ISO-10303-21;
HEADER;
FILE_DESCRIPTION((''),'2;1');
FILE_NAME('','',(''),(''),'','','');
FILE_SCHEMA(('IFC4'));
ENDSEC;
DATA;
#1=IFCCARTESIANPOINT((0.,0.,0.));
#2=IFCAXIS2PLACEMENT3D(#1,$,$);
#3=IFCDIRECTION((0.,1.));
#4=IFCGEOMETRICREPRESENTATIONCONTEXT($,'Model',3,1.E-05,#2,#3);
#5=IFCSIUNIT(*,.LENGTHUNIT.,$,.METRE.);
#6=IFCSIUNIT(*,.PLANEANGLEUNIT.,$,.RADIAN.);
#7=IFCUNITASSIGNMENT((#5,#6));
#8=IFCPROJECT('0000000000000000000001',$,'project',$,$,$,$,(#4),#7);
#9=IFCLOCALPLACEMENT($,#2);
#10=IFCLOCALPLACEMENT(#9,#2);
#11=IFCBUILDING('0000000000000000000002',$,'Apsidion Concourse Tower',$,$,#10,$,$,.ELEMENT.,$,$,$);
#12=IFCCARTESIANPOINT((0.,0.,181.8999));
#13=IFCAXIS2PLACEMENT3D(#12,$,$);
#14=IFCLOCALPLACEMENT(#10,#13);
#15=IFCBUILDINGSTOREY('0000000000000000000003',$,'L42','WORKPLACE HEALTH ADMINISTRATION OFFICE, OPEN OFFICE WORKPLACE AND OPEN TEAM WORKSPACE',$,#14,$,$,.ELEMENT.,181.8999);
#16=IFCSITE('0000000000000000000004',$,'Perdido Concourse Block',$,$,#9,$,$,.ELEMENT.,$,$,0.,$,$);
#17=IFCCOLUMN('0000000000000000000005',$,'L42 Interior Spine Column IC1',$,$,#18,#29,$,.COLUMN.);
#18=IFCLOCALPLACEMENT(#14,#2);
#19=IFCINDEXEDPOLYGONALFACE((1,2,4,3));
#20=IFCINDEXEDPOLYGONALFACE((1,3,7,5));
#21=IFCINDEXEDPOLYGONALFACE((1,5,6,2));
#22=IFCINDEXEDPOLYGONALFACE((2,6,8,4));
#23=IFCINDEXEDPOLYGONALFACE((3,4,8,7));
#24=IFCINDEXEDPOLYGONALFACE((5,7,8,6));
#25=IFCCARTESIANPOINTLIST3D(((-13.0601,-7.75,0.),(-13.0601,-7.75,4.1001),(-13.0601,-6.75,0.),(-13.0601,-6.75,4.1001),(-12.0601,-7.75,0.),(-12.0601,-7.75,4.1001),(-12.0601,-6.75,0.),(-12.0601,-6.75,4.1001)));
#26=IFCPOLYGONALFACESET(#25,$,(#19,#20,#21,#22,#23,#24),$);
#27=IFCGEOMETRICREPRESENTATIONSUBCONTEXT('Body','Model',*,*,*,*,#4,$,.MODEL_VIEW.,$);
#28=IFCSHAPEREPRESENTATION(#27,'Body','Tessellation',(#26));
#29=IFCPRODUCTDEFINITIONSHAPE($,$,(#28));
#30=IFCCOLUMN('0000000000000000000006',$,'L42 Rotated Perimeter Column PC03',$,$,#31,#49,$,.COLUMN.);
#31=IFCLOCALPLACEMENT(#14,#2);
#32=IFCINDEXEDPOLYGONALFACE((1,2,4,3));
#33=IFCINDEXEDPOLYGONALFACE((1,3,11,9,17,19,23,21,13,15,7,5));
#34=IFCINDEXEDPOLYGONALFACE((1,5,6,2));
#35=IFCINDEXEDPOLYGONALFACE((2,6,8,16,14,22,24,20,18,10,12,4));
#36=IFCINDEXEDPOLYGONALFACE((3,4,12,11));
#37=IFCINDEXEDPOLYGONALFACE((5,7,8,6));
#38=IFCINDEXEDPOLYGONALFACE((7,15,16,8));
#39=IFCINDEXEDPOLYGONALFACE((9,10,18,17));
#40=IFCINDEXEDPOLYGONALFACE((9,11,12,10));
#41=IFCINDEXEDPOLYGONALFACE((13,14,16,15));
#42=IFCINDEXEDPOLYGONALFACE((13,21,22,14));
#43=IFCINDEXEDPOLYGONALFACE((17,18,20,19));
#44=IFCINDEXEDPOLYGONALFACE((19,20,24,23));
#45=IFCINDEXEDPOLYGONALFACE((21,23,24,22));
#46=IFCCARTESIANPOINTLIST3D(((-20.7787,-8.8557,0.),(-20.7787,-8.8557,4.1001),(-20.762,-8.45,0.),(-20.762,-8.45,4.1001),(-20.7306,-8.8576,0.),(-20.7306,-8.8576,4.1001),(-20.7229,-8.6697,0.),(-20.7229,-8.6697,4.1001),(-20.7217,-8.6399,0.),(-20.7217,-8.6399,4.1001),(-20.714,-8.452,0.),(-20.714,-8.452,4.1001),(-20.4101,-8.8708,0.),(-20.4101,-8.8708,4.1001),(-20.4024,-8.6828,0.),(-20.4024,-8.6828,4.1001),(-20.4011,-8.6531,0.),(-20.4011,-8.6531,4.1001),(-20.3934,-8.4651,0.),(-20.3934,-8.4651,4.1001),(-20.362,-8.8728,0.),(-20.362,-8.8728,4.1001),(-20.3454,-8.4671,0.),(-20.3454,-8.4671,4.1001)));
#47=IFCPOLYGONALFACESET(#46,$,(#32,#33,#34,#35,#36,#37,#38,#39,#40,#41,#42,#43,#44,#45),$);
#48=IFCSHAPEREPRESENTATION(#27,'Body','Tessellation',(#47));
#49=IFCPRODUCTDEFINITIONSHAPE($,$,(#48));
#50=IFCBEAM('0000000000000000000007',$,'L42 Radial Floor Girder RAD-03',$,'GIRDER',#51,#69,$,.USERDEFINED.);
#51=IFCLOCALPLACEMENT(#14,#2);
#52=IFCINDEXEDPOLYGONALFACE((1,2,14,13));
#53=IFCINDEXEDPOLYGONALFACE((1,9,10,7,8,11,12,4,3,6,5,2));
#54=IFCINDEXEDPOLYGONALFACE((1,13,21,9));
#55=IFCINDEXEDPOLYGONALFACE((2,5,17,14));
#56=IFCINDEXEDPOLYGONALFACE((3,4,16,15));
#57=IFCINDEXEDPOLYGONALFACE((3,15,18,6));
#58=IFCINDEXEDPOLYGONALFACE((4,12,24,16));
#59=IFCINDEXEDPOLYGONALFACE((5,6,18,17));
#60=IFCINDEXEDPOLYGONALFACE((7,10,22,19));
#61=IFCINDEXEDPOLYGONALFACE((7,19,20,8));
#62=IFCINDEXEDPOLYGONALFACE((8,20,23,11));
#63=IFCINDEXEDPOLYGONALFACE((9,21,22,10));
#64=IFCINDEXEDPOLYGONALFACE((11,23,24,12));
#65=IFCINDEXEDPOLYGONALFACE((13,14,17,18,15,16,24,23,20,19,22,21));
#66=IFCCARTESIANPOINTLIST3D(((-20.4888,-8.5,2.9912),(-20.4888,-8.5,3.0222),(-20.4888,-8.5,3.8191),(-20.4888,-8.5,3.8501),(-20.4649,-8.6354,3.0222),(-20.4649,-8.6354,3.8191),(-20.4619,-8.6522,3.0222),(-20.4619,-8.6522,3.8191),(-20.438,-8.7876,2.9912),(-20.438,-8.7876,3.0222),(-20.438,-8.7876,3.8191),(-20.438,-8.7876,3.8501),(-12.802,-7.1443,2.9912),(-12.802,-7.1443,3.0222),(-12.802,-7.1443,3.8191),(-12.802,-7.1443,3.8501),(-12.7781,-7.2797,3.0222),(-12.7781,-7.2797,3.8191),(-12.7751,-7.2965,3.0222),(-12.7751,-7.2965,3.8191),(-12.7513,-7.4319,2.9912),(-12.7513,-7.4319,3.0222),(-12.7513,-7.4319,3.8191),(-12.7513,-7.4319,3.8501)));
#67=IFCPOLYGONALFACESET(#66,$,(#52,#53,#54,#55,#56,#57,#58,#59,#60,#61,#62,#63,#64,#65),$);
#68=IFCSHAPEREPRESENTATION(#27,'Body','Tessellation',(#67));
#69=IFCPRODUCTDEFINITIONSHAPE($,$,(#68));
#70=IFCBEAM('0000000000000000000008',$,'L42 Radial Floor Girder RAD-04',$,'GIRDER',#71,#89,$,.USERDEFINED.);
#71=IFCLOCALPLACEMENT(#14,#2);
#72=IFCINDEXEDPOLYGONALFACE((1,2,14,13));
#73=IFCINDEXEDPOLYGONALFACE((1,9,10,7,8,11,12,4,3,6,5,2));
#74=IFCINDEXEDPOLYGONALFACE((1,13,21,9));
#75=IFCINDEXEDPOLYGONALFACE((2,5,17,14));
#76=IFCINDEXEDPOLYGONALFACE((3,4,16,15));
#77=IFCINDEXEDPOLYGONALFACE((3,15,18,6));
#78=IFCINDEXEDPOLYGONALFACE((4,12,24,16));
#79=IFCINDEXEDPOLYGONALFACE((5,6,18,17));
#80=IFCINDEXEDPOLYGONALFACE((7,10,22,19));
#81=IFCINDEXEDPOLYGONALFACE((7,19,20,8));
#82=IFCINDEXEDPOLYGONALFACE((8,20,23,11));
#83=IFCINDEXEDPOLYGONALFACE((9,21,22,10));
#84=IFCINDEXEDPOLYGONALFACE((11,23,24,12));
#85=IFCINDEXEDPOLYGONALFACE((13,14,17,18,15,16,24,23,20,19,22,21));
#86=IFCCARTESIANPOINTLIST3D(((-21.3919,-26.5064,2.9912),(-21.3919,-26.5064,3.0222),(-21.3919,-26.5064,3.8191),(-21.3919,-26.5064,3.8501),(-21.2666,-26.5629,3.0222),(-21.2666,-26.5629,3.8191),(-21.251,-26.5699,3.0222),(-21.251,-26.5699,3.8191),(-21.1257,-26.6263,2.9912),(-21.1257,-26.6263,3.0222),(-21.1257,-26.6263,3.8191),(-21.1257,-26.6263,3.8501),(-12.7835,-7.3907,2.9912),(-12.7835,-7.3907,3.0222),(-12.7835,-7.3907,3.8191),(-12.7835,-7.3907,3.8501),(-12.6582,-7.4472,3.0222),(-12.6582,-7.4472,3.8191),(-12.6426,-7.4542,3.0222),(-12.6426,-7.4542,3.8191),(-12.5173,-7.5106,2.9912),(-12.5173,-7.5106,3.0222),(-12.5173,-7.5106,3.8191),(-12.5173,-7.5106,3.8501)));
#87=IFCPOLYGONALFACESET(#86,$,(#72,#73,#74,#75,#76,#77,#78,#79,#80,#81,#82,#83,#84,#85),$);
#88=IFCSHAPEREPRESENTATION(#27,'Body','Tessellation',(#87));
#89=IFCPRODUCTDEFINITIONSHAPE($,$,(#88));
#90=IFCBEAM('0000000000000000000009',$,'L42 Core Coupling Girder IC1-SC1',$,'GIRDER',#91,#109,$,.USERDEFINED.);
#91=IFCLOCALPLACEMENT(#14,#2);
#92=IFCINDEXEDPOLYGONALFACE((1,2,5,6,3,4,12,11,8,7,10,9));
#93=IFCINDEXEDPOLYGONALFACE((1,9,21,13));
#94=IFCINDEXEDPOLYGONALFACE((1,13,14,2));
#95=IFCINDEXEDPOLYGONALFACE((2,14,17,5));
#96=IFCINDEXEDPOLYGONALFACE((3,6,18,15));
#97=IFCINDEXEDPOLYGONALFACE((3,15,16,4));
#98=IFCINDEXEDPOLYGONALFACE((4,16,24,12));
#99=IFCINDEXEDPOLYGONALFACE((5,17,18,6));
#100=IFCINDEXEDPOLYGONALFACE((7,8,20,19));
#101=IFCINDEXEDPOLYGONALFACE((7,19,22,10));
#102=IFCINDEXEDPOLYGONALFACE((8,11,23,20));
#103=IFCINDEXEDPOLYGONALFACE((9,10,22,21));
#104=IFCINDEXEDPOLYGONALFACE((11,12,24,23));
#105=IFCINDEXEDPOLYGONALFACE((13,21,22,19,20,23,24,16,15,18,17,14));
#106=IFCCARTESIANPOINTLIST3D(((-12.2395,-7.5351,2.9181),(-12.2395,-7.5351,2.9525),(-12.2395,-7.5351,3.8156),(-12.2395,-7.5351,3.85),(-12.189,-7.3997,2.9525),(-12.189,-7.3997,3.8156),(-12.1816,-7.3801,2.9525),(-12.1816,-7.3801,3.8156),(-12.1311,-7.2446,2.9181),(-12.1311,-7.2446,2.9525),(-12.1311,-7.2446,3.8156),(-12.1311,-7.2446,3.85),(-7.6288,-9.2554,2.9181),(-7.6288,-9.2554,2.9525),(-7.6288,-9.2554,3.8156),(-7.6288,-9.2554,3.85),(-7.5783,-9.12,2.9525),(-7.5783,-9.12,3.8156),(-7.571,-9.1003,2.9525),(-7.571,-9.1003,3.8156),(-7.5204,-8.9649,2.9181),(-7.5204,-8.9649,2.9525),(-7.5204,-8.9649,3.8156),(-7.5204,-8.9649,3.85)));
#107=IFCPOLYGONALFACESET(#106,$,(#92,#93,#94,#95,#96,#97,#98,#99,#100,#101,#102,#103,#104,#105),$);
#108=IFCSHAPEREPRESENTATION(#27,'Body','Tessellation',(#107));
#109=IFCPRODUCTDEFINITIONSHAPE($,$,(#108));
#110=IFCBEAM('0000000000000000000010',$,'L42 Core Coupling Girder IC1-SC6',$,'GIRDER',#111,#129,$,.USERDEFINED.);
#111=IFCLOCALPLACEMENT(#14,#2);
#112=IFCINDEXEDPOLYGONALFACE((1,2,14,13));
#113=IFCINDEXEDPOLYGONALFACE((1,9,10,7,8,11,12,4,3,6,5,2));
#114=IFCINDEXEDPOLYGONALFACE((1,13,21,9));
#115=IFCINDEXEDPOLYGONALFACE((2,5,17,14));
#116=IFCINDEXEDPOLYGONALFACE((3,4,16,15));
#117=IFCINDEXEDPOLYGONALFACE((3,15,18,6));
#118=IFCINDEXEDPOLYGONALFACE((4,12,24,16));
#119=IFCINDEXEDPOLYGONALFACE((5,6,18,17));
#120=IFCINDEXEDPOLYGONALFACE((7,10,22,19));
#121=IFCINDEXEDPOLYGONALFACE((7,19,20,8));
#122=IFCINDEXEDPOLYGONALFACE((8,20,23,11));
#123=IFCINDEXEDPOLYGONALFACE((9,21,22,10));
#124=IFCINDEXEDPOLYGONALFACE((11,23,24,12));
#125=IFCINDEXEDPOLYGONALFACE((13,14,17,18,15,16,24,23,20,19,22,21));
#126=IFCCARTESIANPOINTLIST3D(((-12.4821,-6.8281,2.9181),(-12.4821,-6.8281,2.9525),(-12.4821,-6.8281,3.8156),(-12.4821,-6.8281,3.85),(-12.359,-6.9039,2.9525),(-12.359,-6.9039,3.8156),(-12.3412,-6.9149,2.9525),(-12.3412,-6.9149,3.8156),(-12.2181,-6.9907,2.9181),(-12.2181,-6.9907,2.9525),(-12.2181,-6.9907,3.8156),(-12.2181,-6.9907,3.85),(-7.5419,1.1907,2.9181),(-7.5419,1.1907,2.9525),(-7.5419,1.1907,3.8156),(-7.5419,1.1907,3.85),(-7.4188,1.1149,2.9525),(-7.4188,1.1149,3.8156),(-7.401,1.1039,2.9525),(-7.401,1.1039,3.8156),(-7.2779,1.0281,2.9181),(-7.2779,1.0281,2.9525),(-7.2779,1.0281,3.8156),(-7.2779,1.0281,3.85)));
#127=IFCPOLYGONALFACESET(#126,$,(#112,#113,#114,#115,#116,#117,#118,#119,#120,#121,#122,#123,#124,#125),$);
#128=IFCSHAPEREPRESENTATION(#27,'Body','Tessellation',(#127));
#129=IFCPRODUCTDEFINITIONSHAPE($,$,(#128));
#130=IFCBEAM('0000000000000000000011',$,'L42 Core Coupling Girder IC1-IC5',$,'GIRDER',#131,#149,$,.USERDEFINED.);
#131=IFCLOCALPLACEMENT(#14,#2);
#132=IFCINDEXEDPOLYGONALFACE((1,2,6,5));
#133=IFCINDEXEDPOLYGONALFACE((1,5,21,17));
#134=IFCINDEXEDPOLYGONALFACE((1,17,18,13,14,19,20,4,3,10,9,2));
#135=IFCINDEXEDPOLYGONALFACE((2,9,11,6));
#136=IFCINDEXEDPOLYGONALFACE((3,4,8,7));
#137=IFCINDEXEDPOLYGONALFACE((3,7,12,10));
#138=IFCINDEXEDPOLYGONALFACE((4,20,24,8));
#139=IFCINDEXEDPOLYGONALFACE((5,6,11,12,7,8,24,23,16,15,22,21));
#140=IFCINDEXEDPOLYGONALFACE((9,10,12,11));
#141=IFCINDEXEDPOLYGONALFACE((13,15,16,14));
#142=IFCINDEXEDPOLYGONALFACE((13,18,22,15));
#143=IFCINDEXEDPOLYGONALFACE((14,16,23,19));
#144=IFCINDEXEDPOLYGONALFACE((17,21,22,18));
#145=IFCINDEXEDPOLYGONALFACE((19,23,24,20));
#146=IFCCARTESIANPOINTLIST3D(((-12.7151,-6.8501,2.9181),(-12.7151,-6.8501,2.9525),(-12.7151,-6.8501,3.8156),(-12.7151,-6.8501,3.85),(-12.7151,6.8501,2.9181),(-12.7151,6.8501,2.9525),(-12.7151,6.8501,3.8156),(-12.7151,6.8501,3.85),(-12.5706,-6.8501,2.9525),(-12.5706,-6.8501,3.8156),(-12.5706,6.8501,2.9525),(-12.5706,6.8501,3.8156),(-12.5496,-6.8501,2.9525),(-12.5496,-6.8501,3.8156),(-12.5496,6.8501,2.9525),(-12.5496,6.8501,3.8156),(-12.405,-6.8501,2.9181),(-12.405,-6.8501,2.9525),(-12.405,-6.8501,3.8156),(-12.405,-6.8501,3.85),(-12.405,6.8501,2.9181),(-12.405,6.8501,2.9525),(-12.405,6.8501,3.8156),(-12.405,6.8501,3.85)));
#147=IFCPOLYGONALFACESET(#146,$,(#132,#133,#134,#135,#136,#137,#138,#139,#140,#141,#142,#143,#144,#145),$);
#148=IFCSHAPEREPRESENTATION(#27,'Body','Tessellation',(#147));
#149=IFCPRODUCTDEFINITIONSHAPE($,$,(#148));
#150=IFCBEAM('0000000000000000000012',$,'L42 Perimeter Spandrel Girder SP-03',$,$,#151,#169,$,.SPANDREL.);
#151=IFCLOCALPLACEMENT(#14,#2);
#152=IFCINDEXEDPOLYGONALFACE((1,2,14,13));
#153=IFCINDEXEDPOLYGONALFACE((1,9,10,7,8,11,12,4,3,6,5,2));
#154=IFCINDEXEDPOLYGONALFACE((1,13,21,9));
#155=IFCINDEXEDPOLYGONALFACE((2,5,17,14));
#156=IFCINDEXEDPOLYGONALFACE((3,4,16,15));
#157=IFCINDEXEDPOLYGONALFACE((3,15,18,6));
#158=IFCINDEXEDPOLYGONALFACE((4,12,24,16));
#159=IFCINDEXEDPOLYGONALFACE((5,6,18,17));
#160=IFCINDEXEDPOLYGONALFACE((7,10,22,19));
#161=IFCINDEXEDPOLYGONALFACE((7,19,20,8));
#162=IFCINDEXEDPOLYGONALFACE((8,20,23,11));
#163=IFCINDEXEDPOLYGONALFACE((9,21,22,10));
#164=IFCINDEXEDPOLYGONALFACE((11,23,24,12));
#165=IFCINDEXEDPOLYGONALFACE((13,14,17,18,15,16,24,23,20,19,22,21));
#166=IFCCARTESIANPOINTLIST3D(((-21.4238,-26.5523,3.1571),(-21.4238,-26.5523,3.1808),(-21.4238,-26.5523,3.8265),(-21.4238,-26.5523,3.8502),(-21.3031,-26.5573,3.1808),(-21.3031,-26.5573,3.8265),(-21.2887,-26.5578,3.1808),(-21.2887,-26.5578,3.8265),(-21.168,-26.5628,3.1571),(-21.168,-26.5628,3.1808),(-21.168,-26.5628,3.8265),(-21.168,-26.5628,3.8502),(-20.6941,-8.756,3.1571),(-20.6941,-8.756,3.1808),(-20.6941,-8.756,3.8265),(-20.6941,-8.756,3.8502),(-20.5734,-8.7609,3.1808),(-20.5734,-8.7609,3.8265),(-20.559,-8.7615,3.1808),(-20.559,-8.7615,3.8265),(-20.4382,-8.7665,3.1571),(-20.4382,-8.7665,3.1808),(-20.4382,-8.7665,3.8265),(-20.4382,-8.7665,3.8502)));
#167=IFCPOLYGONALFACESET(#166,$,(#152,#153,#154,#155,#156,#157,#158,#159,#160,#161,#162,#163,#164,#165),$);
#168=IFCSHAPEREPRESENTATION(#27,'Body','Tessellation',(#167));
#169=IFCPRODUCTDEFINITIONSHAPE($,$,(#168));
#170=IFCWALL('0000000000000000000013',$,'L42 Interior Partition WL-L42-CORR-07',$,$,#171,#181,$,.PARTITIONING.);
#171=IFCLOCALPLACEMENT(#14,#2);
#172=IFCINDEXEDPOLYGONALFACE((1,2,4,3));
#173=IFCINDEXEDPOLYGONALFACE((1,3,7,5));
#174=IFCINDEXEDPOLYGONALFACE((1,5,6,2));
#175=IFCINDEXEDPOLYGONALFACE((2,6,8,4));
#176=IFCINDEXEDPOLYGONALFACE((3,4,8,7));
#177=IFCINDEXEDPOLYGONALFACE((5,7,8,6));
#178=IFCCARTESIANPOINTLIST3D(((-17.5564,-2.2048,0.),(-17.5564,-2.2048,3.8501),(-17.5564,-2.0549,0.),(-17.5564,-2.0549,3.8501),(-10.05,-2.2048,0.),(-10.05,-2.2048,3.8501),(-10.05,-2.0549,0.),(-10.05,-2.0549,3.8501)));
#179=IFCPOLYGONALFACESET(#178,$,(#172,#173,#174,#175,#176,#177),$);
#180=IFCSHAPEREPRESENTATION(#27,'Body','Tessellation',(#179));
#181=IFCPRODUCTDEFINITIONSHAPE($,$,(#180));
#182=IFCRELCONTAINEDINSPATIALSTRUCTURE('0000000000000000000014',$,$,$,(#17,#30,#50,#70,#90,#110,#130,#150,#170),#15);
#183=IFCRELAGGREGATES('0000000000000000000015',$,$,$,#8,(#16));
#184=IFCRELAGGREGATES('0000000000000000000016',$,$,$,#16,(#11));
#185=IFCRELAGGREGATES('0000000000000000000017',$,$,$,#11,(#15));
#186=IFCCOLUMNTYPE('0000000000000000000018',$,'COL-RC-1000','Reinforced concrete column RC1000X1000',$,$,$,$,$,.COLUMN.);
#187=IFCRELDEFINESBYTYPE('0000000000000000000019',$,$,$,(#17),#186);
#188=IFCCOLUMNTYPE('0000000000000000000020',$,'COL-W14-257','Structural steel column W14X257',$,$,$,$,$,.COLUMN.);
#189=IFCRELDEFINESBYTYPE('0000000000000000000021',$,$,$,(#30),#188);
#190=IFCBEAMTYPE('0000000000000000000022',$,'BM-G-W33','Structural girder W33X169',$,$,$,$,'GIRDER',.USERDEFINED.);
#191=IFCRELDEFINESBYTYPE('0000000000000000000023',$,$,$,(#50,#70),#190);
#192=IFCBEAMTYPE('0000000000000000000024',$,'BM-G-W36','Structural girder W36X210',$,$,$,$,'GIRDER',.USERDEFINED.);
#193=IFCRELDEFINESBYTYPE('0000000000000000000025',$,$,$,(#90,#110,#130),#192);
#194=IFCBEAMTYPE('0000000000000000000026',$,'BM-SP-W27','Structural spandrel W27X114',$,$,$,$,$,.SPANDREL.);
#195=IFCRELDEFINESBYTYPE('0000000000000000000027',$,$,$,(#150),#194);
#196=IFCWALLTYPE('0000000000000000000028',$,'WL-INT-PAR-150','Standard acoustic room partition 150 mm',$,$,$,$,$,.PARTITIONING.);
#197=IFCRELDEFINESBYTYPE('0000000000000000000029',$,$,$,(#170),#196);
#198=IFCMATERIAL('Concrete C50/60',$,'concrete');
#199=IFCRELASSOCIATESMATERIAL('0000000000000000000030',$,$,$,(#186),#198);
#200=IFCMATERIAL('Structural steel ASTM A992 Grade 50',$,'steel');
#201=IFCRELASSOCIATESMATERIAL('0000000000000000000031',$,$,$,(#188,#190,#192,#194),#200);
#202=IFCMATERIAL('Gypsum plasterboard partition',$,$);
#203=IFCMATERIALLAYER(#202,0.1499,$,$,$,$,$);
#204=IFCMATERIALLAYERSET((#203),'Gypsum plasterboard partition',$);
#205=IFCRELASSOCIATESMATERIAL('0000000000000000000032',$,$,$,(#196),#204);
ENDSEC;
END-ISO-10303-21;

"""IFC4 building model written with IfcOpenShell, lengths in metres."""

from ifc_helpers import new_model, si_unit, direction, frame, frame_2d, origin, origin_2d, place, context, subcontext, project, spatial, rectangle, i_section, extrude, material, layer, layer_set, material_profile, profile_set, type_object, element, save


model = new_model("IFC4")

# Units and contexts
model_context = context("Model", 3, precision=1e-05, world=origin(), true_north=direction((0.0, 1.0)))
body_context = subcontext(model_context, "Body", "Model", "MODEL_VIEW")
ifc_project = project(units=[si_unit("LENGTHUNIT", "METRE"), si_unit("PLANEANGLEUNIT", "RADIAN")], contexts=[model_context])

# Site, building, storey
site_placement = place(None, origin())
site = spatial("IfcSite", under=ifc_project, at=site_placement, Name="Perdido Concourse Block", CompositionType="ELEMENT", RefElevation=0.0)
building_placement = place(site_placement, origin())
building = spatial("IfcBuilding", under=site, at=building_placement, Name="Apsidion Concourse Tower", CompositionType="ELEMENT")
storey_placement = place(building_placement, frame((0.0, 0.0, 181.8999)))
storey = spatial("IfcBuildingStorey", under=building, at=storey_placement, Name="L42", Description="WORKPLACE HEALTH ADMINISTRATION OFFICE, OPEN OFFICE WORKPLACE AND OPEN TEAM WORKSPACE", CompositionType="ELEMENT", Elevation=181.8999)

# Columns
ifc_material_1 = material(Name="Concrete C50/60", Category="concrete")
ifc_material_profile_1 = material_profile(ifc_material_1, rectangle(XDim=1.0, YDim=1.0, at=origin_2d()), Name="RC 1000x1000")
ifc_profile_set_1 = profile_set([ifc_material_profile_1], Name="Concrete C50/60")
column_type_1 = type_object("IfcColumnType", Name="COL-RC-1000", Description="Reinforced concrete column RC1000X1000", PredefinedType="COLUMN", material=ifc_profile_set_1)
column_1_placement = place(storey_placement, frame((-12.5601, -7.25, 0.0), z_axis=(0.0, 0.0, 1.0), x_axis=(1.0, 0.0, 0.0)))
element("IfcColumn", 1, at=column_1_placement, inside=storey, type_object=column_type_1, Name="L42 Interior Spine Column IC1", PredefinedType="COLUMN", context=body_context, shape_type="SweptSolid", body=[
    extrude(rectangle(XDim=1.0, YDim=1.0, at=origin_2d()), origin(), (0.0, 0.0, 1.0), 4.1001),
])
ifc_material_2 = material(Name="Structural steel ASTM A992 Grade 50", Category="steel")
ifc_material_profile_2 = material_profile(ifc_material_2, i_section(OverallWidth=0.406, OverallDepth=0.417, WebThickness=0.0298, FlangeThickness=0.0481, at=origin_2d()), Name="W14X257")
ifc_profile_set_2 = profile_set([ifc_material_profile_2], Name="Structural steel ASTM A992 Grade 50")
column_type_2 = type_object("IfcColumnType", Name="COL-W14-257", Description="Structural steel column W14X257", PredefinedType="COLUMN", material=ifc_profile_set_2)
column_2_placement = place(storey_placement, frame((-20.562, -8.6614, 0.0), z_axis=(0.0, 0.0, 1.0), x_axis=(0.041004, 0.999159, 0.0)))
element("IfcColumn", 2, at=column_2_placement, inside=storey, type_object=column_type_2, Name="L42 Rotated Perimeter Column PC03", PredefinedType="COLUMN", context=body_context, shape_type="SweptSolid", body=[
    extrude(i_section(OverallWidth=0.406, OverallDepth=0.417, WebThickness=0.0298, FlangeThickness=0.0481, at=origin_2d()), origin(), (0.0, 0.0, 1.0), 4.1001),
])

# Beams
ifc_material_profile_3 = material_profile(ifc_material_2, i_section(OverallWidth=0.292, OverallDepth=0.8589, WebThickness=0.0171, FlangeThickness=0.031, at=origin_2d()), Name="W33X169")
ifc_profile_set_3 = profile_set([ifc_material_profile_3], Name="Structural steel ASTM A992 Grade 50")
beam_type_1 = type_object("IfcBeamType", Name="BM-G-W33", Description="Structural girder W33X169", ElementType="GIRDER", PredefinedType="USERDEFINED", material=ifc_profile_set_3)
beam_1_placement = place(storey_placement, frame((-12.7766, -7.2881, 3.4207), z_axis=(-0.984801, -0.173689, 0.0), x_axis=(0.173689, -0.984801, 0.0)))
element("IfcBeam", 3, at=beam_1_placement, inside=storey, type_object=beam_type_1, Name="L42 Radial Floor Girder RAD-03", ObjectType="GIRDER", PredefinedType="USERDEFINED", context=body_context, shape_type="SweptSolid", body=[
    extrude(i_section(OverallWidth=0.292, OverallDepth=0.8589, WebThickness=0.0171, FlangeThickness=0.031, at=origin_2d()), origin(), (0.0, 0.0, 1.0), 7.8054),
])
beam_2_placement = place(storey_placement, frame((-12.6504, -7.4507, 3.4207), z_axis=(-0.410615, -0.911809, 0.0), x_axis=(0.911809, -0.410615, 0.0)))
element("IfcBeam", 4, at=beam_2_placement, inside=storey, type_object=beam_type_1, Name="L42 Radial Floor Girder RAD-04", ObjectType="GIRDER", PredefinedType="USERDEFINED", context=body_context, shape_type="SweptSolid", body=[
    extrude(i_section(OverallWidth=0.292, OverallDepth=0.8589, WebThickness=0.0171, FlangeThickness=0.031, at=origin_2d()), origin(), (0.0, 0.0, 1.0), 20.9646),
])
ifc_material_profile_4 = material_profile(ifc_material_2, i_section(OverallWidth=0.3101, OverallDepth=0.9319, WebThickness=0.021, FlangeThickness=0.0344, at=origin_2d()), Name="W36X210")
ifc_profile_set_4 = profile_set([ifc_material_profile_4], Name="Structural steel ASTM A992 Grade 50")
beam_type_2 = type_object("IfcBeamType", Name="BM-G-W36", Description="Structural girder W36X210", ElementType="GIRDER", PredefinedType="USERDEFINED", material=ifc_profile_set_4)
beam_3_placement = place(storey_placement, frame((-12.1853, -7.3899, 3.384), z_axis=(0.936913, -0.349563, 0.0), x_axis=(0.349563, 0.936913, 0.0)))
element("IfcBeam", 5, at=beam_3_placement, inside=storey, type_object=beam_type_2, Name="L42 Core Coupling Girder IC1-SC1", ObjectType="GIRDER", PredefinedType="USERDEFINED", context=body_context, shape_type="SweptSolid", body=[
    extrude(i_section(OverallWidth=0.3101, OverallDepth=0.9319, WebThickness=0.021, FlangeThickness=0.0344, at=origin_2d()), origin(), (0.0, 0.0, 1.0), 4.9211),
])
beam_4_placement = place(storey_placement, frame((-12.3501, -6.9094, 3.384), z_axis=(0.524524, 0.851396, 0.0), x_axis=(-0.851396, 0.524524, 0.0)))
element("IfcBeam", 6, at=beam_4_placement, inside=storey, type_object=beam_type_2, Name="L42 Core Coupling Girder IC1-SC6", ObjectType="GIRDER", PredefinedType="USERDEFINED", context=body_context, shape_type="SweptSolid", body=[
    extrude(i_section(OverallWidth=0.3101, OverallDepth=0.9319, WebThickness=0.021, FlangeThickness=0.0344, at=origin_2d()), origin(), (0.0, 0.0, 1.0), 9.4185),
])
beam_5_placement = place(storey_placement, frame((-12.5601, -6.8501, 3.384), z_axis=(0.0, 1.0, 0.0), x_axis=(-1.0, 0.0, 0.0)))
element("IfcBeam", 7, at=beam_5_placement, inside=storey, type_object=beam_type_2, Name="L42 Core Coupling Girder IC1-IC5", ObjectType="GIRDER", PredefinedType="USERDEFINED", context=body_context, shape_type="SweptSolid", body=[
    extrude(i_section(OverallWidth=0.3101, OverallDepth=0.9319, WebThickness=0.021, FlangeThickness=0.0344, at=origin_2d()), origin(), (0.0, 0.0, 1.0), 13.7002),
])
ifc_material_profile_5 = material_profile(ifc_material_2, i_section(OverallWidth=0.2561, OverallDepth=0.6931, WebThickness=0.0144, FlangeThickness=0.0237, at=origin_2d()), Name="W27X114")
ifc_profile_set_5 = profile_set([ifc_material_profile_5], Name="Structural steel ASTM A992 Grade 50")
beam_type_3 = type_object("IfcBeamType", Name="BM-SP-W27", Description="Structural spandrel W27X114", PredefinedType="SPANDREL", material=ifc_profile_set_5)
beam_6_placement = place(storey_placement, frame((-20.5662, -8.7612, 3.5037), z_axis=(-0.04097, -0.99916, 0.0), x_axis=(0.99916, -0.04097, 0.0)))
element("IfcBeam", 8, at=beam_6_placement, inside=storey, type_object=beam_type_3, Name="L42 Perimeter Spandrel Girder SP-03", PredefinedType="SPANDREL", context=body_context, shape_type="SweptSolid", body=[
    extrude(i_section(OverallWidth=0.2561, OverallDepth=0.6931, WebThickness=0.0144, FlangeThickness=0.0237, at=origin_2d()), origin(), (0.0, 0.0, 1.0), 17.8113),
])

# Wall
ifc_material_3 = material(Name="Gypsum plasterboard partition")
ifc_layer = layer(ifc_material_3, 0.1499)
ifc_layer_set = layer_set([ifc_layer], Name="Gypsum plasterboard partition")
wall_type = type_object("IfcWallType", Name="WL-INT-PAR-150", Description="Standard acoustic room partition 150 mm", PredefinedType="PARTITIONING", material=ifc_layer_set)
wall_1_placement = place(storey_placement, frame((-10.05, -2.1299, 0.0), z_axis=(0.0, 0.0, 1.0), x_axis=(-1.0, 0.0, 0.0)))
element("IfcWall", 9, at=wall_1_placement, inside=storey, type_object=wall_type, Name="L42 Interior Partition WL-L42-CORR-07", PredefinedType="PARTITIONING", context=body_context, shape_type="SweptSolid", body=[
    extrude(rectangle(XDim=7.5063, YDim=0.1499, at=frame_2d((3.7532, 0.0))), origin(), (0.0, 0.0, 1.0), 3.8501),
])

save(model, "model.ifc")
